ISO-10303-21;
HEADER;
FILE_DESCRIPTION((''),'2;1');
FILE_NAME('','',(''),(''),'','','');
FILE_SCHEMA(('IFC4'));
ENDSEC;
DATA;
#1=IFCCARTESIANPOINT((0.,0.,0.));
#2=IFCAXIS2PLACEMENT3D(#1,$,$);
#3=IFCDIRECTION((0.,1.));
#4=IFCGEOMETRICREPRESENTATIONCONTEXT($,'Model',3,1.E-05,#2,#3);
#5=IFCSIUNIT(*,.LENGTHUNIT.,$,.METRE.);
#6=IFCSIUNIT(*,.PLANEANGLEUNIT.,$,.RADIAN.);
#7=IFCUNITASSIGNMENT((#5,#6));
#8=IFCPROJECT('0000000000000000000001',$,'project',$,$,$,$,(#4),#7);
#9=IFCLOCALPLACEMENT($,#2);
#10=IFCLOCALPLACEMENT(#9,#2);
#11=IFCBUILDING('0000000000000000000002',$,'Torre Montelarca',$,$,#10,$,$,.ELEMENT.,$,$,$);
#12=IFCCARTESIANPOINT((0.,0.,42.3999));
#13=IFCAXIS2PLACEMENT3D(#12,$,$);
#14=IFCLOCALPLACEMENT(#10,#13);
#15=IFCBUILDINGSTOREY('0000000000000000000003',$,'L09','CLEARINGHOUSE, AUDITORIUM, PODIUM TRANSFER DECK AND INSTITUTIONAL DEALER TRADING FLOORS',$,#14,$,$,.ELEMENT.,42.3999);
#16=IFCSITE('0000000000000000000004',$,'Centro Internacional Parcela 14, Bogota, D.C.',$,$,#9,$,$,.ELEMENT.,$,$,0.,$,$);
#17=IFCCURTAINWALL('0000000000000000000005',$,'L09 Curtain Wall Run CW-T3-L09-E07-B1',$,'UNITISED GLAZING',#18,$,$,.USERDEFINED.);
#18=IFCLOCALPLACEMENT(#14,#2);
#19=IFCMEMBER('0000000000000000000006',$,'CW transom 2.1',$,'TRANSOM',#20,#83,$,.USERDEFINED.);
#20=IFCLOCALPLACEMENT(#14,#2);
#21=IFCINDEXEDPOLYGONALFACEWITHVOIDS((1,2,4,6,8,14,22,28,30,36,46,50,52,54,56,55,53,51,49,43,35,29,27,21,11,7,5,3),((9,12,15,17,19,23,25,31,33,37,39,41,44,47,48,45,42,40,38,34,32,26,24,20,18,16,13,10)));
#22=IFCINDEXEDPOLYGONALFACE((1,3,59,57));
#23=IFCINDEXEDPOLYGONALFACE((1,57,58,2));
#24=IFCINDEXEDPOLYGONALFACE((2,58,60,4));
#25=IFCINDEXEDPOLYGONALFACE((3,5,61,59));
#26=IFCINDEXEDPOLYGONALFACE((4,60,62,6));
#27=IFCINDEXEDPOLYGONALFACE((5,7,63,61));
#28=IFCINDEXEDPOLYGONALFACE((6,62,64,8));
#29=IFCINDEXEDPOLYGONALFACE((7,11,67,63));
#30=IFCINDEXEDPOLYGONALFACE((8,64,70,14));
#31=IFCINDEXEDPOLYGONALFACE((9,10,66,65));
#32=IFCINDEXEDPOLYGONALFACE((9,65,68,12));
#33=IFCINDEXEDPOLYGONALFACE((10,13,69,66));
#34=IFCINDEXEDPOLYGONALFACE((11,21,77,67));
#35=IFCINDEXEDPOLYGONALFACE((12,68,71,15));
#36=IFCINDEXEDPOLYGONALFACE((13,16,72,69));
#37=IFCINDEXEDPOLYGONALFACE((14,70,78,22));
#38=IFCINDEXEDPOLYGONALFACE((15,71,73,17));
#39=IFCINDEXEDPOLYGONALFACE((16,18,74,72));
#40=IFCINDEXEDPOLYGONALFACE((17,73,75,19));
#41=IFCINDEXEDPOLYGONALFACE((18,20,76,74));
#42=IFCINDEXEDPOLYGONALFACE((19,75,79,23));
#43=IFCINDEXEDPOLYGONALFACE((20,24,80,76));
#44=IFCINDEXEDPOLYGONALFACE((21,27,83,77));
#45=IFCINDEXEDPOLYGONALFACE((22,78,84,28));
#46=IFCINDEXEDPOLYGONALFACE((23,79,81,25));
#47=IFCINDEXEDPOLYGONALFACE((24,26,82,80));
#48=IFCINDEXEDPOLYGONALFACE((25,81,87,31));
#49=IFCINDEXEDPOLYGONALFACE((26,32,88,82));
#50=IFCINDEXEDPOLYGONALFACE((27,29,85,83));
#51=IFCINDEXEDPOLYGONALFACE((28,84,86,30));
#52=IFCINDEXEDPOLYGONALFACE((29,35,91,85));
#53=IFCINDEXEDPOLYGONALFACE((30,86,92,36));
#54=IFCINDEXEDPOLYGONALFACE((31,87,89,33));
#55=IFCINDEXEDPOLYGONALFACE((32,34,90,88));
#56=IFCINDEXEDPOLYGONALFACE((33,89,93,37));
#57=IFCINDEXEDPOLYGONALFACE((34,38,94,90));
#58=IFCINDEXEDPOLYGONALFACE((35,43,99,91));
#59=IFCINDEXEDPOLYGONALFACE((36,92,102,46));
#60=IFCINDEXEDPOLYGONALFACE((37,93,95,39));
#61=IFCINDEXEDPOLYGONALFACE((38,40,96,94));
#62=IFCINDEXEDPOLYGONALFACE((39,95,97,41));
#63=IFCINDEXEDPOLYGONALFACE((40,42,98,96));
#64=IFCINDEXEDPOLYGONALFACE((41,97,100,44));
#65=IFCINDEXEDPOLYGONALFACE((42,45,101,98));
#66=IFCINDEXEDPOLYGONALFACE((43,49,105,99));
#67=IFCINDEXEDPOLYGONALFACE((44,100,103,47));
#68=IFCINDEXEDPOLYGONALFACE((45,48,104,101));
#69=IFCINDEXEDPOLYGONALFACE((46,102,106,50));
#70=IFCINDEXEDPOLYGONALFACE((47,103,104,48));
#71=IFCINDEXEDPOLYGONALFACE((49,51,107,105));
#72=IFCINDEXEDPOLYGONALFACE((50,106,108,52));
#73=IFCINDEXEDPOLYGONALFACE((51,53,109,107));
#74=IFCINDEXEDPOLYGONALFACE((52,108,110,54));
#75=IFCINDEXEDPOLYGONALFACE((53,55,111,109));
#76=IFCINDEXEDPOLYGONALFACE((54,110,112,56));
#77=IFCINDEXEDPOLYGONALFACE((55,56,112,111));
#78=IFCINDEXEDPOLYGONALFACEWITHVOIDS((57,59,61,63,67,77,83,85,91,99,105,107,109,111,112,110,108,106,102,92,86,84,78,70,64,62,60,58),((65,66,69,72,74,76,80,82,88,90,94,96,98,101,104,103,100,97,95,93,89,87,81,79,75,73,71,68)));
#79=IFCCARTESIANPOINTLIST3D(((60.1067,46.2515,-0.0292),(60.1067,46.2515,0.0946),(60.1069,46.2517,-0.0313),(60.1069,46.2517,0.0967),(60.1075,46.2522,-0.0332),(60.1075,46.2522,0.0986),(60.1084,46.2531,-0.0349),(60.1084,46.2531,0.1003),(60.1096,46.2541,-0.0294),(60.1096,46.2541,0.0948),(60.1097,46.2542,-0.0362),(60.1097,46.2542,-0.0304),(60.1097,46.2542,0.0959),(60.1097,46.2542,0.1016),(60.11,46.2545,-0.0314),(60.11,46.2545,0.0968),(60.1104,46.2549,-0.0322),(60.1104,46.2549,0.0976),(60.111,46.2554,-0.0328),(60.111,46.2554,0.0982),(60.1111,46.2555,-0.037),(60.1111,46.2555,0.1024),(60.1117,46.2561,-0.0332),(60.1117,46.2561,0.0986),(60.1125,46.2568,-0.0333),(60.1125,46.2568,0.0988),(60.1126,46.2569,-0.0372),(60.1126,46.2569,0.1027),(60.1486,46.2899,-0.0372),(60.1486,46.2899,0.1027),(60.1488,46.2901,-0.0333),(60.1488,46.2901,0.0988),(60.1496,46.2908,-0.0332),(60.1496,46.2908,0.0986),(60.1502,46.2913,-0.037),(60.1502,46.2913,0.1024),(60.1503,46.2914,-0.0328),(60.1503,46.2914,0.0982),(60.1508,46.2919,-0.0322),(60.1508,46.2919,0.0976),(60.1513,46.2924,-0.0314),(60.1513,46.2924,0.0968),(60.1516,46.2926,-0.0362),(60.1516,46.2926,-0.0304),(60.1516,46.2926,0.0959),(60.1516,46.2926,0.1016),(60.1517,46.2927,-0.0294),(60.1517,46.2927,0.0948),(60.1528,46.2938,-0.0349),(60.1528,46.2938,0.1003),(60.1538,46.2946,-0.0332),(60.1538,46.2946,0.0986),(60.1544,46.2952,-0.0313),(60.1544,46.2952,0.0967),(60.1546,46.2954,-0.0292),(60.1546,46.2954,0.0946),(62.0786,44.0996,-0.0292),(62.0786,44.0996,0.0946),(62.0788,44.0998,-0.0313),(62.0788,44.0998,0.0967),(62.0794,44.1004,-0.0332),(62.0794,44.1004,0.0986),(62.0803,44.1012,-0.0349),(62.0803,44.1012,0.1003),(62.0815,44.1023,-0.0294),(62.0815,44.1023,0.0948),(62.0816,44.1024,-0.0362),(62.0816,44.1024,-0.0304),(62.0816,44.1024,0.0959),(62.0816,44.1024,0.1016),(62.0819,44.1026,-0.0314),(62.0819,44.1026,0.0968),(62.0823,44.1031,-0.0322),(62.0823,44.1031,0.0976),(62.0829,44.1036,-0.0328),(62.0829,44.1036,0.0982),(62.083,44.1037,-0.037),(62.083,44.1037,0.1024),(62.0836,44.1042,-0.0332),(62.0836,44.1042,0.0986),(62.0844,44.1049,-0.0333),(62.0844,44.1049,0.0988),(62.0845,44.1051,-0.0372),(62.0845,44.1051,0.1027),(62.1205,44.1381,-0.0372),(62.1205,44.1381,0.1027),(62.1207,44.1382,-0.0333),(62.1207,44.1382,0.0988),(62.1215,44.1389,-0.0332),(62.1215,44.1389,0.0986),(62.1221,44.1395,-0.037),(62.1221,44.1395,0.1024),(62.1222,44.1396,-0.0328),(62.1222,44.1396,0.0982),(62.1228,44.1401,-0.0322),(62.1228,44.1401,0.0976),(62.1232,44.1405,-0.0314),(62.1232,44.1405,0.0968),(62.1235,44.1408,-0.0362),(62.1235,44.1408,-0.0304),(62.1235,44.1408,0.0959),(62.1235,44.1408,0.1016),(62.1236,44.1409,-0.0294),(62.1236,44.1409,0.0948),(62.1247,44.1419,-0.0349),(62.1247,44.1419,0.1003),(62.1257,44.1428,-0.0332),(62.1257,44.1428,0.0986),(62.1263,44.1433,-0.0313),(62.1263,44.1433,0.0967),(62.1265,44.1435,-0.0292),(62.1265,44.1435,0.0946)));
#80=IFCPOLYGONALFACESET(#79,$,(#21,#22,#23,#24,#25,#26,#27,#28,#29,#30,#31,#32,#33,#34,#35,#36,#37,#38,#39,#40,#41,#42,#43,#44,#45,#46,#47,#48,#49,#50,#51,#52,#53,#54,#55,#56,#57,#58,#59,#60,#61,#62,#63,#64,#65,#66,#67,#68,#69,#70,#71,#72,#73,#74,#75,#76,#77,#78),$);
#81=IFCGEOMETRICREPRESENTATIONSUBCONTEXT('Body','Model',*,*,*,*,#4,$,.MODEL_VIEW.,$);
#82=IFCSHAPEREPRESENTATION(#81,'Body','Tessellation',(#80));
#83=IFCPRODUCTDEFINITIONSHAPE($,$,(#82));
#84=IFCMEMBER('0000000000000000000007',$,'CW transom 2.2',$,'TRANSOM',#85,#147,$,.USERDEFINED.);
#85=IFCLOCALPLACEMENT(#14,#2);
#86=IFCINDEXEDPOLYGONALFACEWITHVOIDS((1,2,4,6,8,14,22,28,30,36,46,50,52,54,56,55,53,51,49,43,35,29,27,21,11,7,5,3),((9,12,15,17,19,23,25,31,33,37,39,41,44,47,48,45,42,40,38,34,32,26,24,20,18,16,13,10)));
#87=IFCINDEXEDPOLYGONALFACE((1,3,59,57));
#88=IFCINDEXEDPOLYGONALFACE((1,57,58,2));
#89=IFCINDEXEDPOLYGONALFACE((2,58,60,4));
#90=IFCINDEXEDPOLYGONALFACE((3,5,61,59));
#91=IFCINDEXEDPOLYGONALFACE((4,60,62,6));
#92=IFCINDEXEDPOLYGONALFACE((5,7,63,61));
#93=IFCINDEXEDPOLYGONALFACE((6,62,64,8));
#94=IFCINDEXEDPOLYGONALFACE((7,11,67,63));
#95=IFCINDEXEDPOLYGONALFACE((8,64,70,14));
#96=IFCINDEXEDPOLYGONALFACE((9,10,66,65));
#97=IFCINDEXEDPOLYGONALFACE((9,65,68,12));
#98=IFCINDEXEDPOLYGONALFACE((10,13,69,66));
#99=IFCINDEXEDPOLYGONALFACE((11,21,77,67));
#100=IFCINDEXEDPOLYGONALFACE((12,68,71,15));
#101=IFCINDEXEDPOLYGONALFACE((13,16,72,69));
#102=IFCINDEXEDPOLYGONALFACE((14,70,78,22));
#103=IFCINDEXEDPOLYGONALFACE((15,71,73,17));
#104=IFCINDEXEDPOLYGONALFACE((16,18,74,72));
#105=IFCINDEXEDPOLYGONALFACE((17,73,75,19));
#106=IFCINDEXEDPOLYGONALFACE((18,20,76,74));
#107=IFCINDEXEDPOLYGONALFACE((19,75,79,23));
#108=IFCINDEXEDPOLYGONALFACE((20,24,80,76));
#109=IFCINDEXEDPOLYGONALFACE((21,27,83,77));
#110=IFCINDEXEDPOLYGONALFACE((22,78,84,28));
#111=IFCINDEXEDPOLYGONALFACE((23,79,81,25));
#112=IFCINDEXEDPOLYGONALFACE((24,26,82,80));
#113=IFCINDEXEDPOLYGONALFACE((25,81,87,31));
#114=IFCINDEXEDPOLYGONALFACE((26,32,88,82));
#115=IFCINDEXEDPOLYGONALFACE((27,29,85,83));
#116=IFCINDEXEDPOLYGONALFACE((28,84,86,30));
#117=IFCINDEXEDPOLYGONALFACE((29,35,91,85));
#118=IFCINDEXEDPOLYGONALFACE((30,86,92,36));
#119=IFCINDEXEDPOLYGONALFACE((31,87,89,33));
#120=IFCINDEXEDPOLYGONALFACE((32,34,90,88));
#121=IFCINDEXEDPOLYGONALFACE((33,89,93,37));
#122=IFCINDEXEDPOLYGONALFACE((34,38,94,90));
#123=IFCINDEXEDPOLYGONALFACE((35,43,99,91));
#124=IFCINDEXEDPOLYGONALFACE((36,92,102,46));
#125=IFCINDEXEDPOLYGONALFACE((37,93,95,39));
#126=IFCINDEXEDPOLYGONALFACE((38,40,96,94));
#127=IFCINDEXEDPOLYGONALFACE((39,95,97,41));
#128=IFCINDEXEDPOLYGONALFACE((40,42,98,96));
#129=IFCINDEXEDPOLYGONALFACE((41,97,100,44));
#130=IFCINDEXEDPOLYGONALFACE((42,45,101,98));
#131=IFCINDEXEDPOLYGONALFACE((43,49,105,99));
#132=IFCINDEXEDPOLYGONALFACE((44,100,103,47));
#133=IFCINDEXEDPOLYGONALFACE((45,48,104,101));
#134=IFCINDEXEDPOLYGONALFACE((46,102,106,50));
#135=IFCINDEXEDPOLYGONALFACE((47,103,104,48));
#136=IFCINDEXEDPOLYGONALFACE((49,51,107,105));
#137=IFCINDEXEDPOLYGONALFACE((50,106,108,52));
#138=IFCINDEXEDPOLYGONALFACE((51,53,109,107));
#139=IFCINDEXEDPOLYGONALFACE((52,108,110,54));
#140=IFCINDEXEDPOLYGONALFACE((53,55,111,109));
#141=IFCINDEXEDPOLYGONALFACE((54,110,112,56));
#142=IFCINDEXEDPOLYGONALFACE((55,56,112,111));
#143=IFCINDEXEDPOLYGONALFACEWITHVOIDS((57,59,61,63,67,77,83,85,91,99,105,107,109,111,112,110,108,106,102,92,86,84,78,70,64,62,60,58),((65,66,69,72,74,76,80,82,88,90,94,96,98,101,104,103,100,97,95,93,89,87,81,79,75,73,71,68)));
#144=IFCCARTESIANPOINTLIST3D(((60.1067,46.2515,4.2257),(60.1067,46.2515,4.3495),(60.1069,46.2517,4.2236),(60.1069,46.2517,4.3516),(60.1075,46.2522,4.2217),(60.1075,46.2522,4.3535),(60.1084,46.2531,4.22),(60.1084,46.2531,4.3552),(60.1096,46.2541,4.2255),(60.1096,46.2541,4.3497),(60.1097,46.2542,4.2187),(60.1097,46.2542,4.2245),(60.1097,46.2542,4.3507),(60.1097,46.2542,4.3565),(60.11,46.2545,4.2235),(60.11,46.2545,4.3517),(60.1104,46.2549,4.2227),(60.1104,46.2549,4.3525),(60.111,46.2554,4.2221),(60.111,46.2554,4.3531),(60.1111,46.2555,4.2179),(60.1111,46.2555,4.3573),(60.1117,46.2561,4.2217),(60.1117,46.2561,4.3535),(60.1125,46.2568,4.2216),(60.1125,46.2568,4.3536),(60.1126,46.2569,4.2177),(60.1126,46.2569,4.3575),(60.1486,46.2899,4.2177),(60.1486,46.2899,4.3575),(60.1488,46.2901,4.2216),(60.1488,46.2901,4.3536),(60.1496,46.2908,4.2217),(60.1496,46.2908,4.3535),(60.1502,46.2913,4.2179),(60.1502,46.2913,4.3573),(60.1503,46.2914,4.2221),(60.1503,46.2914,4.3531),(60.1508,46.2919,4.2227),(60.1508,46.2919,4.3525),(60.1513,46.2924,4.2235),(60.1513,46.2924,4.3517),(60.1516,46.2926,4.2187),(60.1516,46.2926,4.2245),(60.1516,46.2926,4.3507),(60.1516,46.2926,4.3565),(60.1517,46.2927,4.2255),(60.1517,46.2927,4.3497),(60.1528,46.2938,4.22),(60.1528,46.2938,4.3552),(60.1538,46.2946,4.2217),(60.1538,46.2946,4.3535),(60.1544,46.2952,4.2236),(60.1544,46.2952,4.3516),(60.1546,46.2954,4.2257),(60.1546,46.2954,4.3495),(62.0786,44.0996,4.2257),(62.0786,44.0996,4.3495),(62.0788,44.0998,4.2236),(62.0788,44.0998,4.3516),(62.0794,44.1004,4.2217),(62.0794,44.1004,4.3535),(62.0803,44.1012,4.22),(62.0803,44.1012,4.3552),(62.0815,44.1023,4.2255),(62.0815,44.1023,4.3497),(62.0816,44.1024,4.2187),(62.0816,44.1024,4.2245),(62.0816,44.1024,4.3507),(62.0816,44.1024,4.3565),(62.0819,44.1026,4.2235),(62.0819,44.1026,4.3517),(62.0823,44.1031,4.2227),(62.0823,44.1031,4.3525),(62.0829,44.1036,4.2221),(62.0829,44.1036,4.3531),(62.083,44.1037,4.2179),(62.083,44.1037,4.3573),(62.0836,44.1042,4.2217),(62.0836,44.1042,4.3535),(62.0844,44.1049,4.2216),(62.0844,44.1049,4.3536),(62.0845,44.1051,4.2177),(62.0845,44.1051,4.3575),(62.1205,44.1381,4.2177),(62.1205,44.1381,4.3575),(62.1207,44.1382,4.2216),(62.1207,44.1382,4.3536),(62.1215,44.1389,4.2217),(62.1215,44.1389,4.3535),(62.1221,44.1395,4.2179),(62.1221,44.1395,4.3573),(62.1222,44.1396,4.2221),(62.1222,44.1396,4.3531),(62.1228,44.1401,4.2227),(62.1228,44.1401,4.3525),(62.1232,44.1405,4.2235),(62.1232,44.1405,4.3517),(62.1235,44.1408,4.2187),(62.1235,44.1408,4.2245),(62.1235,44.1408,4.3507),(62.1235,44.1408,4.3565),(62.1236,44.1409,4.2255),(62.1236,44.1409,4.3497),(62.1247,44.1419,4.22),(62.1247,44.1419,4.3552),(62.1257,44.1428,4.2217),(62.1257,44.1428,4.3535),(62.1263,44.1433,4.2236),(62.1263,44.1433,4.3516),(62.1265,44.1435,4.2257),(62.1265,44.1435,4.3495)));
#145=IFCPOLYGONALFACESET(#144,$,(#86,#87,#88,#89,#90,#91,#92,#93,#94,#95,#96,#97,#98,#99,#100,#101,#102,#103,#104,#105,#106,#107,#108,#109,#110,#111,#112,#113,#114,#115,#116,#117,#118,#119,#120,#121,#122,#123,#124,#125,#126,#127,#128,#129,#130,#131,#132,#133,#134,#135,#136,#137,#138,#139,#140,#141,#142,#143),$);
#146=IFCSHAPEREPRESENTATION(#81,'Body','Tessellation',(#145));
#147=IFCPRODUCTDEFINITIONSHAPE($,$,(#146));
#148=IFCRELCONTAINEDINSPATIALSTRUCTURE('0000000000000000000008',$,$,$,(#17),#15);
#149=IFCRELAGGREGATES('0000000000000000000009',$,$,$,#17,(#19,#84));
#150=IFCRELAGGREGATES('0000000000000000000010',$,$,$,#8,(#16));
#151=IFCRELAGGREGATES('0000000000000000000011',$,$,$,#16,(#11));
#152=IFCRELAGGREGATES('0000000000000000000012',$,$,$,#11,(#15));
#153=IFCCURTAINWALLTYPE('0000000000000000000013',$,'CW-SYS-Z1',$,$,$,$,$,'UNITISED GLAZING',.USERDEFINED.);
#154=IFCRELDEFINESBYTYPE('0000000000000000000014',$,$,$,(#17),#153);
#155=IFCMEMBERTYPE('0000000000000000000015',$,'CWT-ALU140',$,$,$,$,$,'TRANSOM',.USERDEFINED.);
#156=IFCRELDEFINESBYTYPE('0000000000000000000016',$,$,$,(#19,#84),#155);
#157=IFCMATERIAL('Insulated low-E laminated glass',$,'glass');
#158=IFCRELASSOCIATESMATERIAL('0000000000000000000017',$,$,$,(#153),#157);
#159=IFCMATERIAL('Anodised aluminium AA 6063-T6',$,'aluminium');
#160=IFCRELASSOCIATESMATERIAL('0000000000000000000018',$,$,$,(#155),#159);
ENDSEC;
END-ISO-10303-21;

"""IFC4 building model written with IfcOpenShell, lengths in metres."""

from ifc_helpers import new_model, si_unit, direction, frame, origin, origin_2d, place, context, subcontext, project, spatial, hollow_rectangle, extrude, source, transform, mapped, material, material_profile, profile_set, type_object, element, aggregate, save


model = new_model("IFC4")

# Units and contexts
model_context = context("Model", 3, precision=1e-05, world=origin(), true_north=direction((0.0, 1.0)))
body_context = subcontext(model_context, "Body", "Model", "MODEL_VIEW")
ifc_project = project(units=[si_unit("LENGTHUNIT", "METRE"), si_unit("PLANEANGLEUNIT", "RADIAN")], contexts=[model_context])

# Site, building, storey
site_placement = place(None, origin())
site = spatial("IfcSite", under=ifc_project, at=site_placement, Name="Centro Internacional Parcela 14, Bogota, D.C.", CompositionType="ELEMENT", RefElevation=0.0)
building_placement = place(site_placement, origin())
building = spatial("IfcBuilding", under=site, at=building_placement, Name="Torre Montelarca", CompositionType="ELEMENT")
storey_placement = place(building_placement, frame((0.0, 0.0, 42.3999)))
storey = spatial("IfcBuildingStorey", under=building, at=storey_placement, Name="L09", Description="CLEARINGHOUSE, AUDITORIUM, PODIUM TRANSFER DECK AND INSTITUTIONAL DEALER TRADING FLOORS", CompositionType="ELEMENT", Elevation=42.3999)

# Curtain wall, members
ifc_material_1 = material(Name="Insulated low-E laminated glass", Category="glass")
curtain_wall_type = type_object("IfcCurtainWallType", Name="CW-SYS-Z1", ElementType="UNITISED GLAZING", PredefinedType="USERDEFINED", material=ifc_material_1)
ifc_material_2 = material(Name="Anodised aluminium AA 6063-T6", Category="aluminium")
curtain_wall_1_placement = place(storey_placement, origin())
curtain_wall_1 = element("IfcCurtainWall", 1, at=curtain_wall_1_placement, inside=storey, type_object=curtain_wall_type, Name="L09 Curtain Wall Run CW-T3-L09-E07-B1", ObjectType="UNITISED GLAZING", PredefinedType="USERDEFINED")
ifc_material_profile_1 = material_profile(ifc_material_2, hollow_rectangle(XDim=0.0649, YDim=0.1399, WallThickness=0.0039, InnerFilletRadius=0.0039, OuterFilletRadius=0.0081, at=origin_2d()), Name="ALU65X140X4", Category="aluminium")
ifc_profile_set_1 = profile_set([ifc_material_profile_1], Name="Anodised aluminium AA 6063-T6")
member_type_1 = type_object("IfcMemberType", Name="CWT-ALU140", ElementType="TRANSOM", PredefinedType="USERDEFINED", material=ifc_profile_set_1)
shared_shape_1 = source(origin(), body_context, "Body", "SweptSolid", [
    extrude(hollow_rectangle(XDim=0.0649, YDim=0.1399, WallThickness=0.0039, InnerFilletRadius=0.0039, OuterFilletRadius=0.0081, at=origin_2d()), origin(), (0.0, 0.0, 1.0), 2.9187),
])
member_1_placement = place(storey_placement, frame((62.1025, 44.1216, 0.0327), z_axis=(-0.675611, 0.737258, 0.0), x_axis=(-0.737258, -0.675611, 0.0)))
member_1 = element("IfcMember", 2, at=member_1_placement, type_object=member_type_1, Name="CW transom 2.1", ObjectType="TRANSOM", PredefinedType="USERDEFINED", context=body_context, shape_type="MappedRepresentation", body=[
    mapped(shared_shape_1, transform((0.0, 0.0, 0.0), scale=1.0)),
])
member_2_placement = place(storey_placement, frame((62.1025, 44.1216, 4.2876), z_axis=(-0.675611, 0.737258, 0.0), x_axis=(-0.737258, -0.675611, 0.0)))
member_2 = element("IfcMember", 3, at=member_2_placement, type_object=member_type_1, Name="CW transom 2.2", ObjectType="TRANSOM", PredefinedType="USERDEFINED", context=body_context, shape_type="MappedRepresentation", body=[
    mapped(shared_shape_1, transform((0.0, 0.0, 0.0), scale=1.0)),
])

aggregate(curtain_wall_1, [member_1, member_2])

save(model, "model.ifc")
